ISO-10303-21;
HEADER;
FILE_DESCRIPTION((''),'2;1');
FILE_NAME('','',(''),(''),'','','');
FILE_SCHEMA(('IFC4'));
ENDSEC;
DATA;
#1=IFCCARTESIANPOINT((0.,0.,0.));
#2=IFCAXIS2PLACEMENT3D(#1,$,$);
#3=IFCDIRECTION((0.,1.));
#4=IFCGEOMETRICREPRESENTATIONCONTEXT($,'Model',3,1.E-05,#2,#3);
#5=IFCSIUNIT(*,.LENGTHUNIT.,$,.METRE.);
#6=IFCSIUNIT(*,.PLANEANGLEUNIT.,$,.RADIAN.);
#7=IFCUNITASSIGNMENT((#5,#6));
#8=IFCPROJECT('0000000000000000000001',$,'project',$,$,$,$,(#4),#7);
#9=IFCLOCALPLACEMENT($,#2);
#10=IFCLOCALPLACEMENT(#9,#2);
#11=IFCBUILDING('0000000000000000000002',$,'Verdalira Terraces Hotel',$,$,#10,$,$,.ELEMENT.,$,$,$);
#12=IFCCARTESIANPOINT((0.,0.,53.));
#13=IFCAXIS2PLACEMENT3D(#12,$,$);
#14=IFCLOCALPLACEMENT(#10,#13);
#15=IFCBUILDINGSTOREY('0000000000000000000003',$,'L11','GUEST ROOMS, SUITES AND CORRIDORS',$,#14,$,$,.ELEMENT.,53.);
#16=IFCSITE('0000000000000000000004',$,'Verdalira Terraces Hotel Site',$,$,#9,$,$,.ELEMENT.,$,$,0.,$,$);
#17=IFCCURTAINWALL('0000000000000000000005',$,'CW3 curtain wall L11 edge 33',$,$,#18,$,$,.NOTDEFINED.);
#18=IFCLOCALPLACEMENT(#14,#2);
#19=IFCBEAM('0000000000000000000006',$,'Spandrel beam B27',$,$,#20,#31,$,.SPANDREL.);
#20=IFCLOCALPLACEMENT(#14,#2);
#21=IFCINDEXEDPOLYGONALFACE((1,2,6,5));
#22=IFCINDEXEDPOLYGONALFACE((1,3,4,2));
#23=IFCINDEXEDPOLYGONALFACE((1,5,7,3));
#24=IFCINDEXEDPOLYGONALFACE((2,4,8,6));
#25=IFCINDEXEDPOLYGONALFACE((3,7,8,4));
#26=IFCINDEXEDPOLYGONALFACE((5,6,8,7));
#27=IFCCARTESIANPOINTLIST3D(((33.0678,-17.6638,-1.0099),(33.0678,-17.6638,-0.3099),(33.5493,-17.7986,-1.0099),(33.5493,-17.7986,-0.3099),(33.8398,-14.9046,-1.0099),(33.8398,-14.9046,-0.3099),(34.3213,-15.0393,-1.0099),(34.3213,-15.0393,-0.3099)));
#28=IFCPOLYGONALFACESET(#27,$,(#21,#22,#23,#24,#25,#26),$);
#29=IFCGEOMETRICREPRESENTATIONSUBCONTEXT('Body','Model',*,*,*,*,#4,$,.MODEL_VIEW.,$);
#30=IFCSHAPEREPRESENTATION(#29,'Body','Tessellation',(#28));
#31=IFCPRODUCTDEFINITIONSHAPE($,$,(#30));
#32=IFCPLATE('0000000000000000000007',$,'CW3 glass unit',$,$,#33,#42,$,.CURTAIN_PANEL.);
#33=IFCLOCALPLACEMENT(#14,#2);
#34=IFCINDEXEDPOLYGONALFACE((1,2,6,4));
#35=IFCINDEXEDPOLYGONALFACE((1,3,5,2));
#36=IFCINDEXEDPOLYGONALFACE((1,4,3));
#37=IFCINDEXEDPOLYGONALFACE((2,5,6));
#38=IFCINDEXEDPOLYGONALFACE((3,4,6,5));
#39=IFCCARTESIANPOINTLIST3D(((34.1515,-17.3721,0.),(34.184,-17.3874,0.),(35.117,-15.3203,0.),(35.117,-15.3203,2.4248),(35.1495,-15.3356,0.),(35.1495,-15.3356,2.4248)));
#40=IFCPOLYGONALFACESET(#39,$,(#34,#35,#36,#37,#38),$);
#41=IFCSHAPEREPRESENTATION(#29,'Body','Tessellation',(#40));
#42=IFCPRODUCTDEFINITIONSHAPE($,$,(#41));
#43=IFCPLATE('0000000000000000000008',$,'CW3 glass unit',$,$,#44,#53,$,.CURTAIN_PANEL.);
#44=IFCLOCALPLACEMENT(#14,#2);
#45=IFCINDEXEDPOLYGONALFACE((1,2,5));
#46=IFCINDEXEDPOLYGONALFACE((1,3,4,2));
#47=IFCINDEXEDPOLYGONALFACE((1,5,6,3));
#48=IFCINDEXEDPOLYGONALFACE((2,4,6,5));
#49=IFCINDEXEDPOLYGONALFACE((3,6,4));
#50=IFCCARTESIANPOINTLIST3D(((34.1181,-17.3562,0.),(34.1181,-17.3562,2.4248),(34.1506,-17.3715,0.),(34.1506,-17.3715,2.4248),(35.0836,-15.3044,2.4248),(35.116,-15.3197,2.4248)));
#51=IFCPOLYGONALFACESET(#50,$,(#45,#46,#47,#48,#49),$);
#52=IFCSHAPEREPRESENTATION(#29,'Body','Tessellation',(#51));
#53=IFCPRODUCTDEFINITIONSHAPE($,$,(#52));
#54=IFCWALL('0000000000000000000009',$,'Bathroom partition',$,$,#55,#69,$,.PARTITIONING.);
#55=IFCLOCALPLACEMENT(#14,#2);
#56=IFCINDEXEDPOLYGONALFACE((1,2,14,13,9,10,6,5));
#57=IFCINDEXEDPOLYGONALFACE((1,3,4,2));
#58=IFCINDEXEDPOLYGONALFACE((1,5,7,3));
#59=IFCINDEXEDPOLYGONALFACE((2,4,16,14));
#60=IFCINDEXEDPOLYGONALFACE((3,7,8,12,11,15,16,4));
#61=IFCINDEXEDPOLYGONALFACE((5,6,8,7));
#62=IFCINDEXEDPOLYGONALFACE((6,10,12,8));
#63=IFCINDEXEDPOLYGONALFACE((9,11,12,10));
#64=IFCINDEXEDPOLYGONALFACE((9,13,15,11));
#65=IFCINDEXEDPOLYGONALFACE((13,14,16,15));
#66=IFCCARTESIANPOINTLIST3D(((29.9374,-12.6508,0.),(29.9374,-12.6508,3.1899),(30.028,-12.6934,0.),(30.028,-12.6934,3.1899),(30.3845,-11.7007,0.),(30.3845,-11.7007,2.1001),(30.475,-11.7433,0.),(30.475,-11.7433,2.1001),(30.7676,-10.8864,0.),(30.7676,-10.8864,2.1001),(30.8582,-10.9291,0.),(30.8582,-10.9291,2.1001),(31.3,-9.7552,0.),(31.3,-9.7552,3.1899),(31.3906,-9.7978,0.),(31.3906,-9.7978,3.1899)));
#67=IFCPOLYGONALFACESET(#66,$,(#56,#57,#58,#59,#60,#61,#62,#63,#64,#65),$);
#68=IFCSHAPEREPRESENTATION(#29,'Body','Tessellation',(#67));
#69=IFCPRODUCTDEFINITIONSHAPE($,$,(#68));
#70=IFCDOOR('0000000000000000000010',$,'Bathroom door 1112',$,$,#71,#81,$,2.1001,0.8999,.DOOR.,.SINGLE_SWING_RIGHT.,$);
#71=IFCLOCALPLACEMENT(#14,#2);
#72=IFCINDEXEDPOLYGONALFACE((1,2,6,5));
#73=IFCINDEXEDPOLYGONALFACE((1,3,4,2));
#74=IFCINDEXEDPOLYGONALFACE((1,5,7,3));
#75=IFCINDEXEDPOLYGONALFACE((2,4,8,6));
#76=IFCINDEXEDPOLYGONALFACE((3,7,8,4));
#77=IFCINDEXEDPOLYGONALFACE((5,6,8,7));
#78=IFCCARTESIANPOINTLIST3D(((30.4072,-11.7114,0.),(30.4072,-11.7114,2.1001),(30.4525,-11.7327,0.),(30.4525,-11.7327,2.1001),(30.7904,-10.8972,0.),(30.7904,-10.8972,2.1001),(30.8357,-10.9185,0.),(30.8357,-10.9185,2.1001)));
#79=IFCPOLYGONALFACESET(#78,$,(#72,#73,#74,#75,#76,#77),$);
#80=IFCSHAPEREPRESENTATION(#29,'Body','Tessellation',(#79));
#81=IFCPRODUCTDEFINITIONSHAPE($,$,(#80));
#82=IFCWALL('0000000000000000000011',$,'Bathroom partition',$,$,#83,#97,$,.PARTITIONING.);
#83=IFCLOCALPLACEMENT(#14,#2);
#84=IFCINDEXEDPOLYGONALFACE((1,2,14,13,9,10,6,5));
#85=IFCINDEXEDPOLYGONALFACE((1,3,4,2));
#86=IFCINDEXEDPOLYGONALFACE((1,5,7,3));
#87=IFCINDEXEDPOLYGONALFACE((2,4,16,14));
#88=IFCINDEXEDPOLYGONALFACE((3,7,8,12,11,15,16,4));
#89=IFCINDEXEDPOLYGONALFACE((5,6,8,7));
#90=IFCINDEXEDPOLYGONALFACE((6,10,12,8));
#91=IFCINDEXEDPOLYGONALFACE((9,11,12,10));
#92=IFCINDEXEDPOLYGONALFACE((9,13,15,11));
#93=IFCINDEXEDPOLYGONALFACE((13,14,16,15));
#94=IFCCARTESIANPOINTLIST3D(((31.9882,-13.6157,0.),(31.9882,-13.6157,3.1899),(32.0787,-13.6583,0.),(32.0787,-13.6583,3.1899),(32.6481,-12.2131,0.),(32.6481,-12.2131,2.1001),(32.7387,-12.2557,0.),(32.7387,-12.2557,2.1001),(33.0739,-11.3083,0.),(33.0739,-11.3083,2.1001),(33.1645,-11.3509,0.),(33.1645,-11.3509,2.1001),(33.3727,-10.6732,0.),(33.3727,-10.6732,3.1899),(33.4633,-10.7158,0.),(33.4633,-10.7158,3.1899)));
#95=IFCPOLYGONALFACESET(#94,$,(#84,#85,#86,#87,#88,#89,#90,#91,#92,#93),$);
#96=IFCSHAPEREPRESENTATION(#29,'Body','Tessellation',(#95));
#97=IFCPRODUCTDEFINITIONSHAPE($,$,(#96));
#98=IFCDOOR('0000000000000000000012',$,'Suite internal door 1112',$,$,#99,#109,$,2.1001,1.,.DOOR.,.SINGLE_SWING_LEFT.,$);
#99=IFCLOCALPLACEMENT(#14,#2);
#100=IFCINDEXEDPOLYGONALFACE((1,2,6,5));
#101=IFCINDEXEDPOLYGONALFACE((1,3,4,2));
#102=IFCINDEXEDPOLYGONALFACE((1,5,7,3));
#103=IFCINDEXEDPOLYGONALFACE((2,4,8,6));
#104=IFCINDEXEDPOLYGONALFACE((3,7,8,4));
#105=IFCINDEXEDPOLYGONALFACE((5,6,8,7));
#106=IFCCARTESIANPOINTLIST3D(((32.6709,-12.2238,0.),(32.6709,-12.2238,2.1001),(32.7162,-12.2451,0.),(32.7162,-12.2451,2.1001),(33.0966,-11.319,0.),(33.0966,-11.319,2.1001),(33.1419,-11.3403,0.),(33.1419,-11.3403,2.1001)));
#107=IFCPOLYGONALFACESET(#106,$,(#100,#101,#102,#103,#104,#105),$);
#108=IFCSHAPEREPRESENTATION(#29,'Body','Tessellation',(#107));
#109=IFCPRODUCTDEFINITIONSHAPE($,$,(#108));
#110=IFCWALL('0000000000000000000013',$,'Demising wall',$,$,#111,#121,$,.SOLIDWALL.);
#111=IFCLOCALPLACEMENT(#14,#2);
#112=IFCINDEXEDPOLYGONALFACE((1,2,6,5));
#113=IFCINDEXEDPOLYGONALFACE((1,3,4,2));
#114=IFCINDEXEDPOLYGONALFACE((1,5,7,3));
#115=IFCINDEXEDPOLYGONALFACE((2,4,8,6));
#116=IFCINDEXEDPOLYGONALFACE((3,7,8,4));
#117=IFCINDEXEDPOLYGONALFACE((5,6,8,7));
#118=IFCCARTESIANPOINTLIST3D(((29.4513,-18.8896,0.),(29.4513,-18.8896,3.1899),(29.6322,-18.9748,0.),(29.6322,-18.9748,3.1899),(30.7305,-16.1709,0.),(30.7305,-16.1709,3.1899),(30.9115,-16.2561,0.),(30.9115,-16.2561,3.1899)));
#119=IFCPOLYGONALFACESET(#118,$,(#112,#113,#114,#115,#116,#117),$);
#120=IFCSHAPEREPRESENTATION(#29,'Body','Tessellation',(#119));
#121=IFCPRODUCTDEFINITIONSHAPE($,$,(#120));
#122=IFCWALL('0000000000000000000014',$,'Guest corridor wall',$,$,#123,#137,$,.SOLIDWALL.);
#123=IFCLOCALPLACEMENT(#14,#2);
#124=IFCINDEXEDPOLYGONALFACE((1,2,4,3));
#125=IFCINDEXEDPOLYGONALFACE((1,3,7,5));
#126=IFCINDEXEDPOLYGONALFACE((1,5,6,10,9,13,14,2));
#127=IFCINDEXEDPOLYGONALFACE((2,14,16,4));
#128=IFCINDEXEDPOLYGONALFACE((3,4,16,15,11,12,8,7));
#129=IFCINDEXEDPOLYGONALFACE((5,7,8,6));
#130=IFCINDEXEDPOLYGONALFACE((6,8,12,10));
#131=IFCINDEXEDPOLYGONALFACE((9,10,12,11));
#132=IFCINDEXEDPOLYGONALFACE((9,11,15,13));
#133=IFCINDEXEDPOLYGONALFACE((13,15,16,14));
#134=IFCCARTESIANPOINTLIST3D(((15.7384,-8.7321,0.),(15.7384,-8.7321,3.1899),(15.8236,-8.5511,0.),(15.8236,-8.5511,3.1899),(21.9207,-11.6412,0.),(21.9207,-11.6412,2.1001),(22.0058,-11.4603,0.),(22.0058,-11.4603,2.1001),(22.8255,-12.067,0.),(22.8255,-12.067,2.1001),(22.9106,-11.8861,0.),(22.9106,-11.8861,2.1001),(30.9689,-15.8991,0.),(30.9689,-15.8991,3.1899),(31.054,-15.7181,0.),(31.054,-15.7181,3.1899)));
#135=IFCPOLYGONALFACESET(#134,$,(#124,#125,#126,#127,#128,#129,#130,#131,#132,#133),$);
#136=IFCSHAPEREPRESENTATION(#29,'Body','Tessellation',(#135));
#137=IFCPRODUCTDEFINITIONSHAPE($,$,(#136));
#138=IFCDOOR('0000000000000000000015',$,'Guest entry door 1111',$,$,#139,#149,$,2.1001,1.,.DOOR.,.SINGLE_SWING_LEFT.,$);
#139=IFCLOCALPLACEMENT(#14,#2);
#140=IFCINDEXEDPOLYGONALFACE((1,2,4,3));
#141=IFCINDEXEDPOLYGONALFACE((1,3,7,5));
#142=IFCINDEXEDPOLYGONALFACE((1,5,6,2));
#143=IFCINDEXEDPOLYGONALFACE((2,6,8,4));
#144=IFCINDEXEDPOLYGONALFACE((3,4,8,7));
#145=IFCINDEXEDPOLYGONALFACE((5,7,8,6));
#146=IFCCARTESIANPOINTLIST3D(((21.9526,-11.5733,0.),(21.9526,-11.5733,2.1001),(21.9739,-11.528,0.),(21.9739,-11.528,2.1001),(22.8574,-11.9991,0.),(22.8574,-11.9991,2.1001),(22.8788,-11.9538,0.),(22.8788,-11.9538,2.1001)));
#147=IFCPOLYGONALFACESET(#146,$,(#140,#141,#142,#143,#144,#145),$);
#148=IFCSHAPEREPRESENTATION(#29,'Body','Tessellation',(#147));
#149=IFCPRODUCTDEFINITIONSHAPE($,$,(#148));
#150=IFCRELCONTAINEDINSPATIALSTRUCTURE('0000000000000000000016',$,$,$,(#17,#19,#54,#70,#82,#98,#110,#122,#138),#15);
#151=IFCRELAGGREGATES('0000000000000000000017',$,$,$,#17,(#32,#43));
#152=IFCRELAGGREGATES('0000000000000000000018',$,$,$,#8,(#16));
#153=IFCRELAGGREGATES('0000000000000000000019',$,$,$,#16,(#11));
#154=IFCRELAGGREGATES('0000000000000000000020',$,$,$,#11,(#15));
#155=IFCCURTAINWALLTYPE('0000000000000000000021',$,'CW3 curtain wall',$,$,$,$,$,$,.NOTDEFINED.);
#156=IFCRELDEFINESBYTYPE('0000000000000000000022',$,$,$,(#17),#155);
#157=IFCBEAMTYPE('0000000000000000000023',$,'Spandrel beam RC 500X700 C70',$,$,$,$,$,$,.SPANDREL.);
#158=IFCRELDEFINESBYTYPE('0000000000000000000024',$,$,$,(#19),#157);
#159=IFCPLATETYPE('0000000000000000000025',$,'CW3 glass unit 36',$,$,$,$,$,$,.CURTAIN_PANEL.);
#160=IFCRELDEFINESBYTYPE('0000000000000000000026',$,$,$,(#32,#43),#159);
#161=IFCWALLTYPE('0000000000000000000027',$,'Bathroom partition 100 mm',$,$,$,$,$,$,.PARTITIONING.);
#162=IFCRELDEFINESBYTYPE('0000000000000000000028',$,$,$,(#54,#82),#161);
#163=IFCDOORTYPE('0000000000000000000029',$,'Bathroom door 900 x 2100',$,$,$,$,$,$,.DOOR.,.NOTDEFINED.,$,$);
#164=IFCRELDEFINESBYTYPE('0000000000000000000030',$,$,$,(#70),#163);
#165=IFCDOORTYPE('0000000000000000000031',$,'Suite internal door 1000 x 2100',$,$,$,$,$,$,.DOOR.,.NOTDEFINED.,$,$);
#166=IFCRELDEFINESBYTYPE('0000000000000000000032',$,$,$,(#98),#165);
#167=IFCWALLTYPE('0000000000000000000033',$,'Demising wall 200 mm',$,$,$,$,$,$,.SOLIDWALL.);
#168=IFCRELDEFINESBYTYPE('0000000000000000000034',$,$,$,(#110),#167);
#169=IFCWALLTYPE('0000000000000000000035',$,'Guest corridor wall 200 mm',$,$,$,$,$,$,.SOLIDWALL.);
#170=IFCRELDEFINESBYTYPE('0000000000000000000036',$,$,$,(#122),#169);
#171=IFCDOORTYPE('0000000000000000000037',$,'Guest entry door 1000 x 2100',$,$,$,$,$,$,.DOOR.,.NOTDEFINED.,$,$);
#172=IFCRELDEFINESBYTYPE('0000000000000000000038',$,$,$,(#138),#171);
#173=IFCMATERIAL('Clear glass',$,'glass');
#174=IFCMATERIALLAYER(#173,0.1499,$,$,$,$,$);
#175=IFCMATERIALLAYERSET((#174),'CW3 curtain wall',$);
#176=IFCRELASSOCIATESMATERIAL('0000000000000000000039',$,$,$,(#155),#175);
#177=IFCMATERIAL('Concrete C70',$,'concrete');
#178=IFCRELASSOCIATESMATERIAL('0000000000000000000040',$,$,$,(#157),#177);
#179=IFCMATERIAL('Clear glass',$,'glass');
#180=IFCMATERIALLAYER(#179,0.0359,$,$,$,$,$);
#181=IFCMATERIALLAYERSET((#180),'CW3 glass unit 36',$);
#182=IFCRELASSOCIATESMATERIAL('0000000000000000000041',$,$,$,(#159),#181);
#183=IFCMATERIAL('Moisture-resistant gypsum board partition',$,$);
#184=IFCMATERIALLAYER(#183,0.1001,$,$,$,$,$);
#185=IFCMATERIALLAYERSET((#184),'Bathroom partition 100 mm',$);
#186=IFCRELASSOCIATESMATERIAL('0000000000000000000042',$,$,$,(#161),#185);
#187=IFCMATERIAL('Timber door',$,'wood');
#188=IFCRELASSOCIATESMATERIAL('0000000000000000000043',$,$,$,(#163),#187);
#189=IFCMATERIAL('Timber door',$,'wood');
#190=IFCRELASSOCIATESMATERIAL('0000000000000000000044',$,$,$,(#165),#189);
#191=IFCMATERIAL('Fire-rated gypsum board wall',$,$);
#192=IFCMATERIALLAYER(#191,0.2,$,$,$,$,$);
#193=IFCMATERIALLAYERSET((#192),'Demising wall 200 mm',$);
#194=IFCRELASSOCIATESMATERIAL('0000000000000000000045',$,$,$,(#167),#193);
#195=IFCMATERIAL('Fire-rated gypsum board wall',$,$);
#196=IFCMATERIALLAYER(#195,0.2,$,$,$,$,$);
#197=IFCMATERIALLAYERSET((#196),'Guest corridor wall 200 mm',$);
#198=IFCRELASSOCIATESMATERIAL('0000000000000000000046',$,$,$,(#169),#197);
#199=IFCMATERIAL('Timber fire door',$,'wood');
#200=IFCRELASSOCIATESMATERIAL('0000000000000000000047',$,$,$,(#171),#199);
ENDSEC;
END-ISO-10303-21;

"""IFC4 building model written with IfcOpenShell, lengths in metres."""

from ifc_helpers import new_model, si_unit, direction, frame, frame_2d, origin, origin_2d, place, context, subcontext, project, spatial, polyline, rectangle, outline, extrude, material, layer, layer_set, material_profile, profile_set, type_object, element, fill, aggregate, save


model = new_model("IFC4")

# Units and contexts
model_context = context("Model", 3, precision=1e-05, world=origin(), true_north=direction((0.0, 1.0)))
body_context = subcontext(model_context, "Body", "Model", "MODEL_VIEW")
ifc_project = project(units=[si_unit("LENGTHUNIT", "METRE"), si_unit("PLANEANGLEUNIT", "RADIAN")], contexts=[model_context])

# Site, building, storey
site_placement = place(None, origin())
site = spatial("IfcSite", under=ifc_project, at=site_placement, Name="Verdalira Terraces Hotel Site", CompositionType="ELEMENT", RefElevation=0.0)
building_placement = place(site_placement, origin())
building = spatial("IfcBuilding", under=site, at=building_placement, Name="Verdalira Terraces Hotel", CompositionType="ELEMENT")
storey_placement = place(building_placement, frame((0.0, 0.0, 53.0)))
storey = spatial("IfcBuildingStorey", under=building, at=storey_placement, Name="L11", Description="GUEST ROOMS, SUITES AND CORRIDORS", CompositionType="ELEMENT", Elevation=53.0)

# Curtain wall
ifc_material_1 = material(Name="Clear glass", Category="glass")
ifc_layer_1 = layer(ifc_material_1, 0.1499)
ifc_layer_set_1 = layer_set([ifc_layer_1], Name="CW3 curtain wall")
curtain_wall_type_1 = type_object("IfcCurtainWallType", Name="CW3 curtain wall", PredefinedType="NOTDEFINED", material=ifc_layer_set_1)
curtain_wall_1_placement = place(storey_placement, origin())
curtain_wall_1 = element("IfcCurtainWall", 1, at=curtain_wall_1_placement, inside=storey, type_object=curtain_wall_type_1, Name="CW3 curtain wall L11 edge 33", PredefinedType="NOTDEFINED")

# Beam
ifc_material_2 = material(Name="Concrete C70", Category="concrete")
ifc_material_profile_1 = material_profile(ifc_material_2, rectangle(XDim=0.5, YDim=0.7, at=origin_2d()), Name="RC 500X700")
ifc_profile_set_1 = profile_set([ifc_material_profile_1], Name="Concrete C70")
beam_type = type_object("IfcBeamType", Name="Spandrel beam RC 500X700 C70", PredefinedType="SPANDREL", material=ifc_profile_set_1)
beam_1_placement = place(storey_placement, frame((33.3086, -17.7312, -0.6599), z_axis=(0.269428, 0.963021, 0.0), x_axis=(-0.963021, 0.269428, 0.0)))
element("IfcBeam", 2, at=beam_1_placement, inside=storey, type_object=beam_type, Name="Spandrel beam B27", PredefinedType="SPANDREL", context=body_context, shape_type="SweptSolid", body=[
    extrude(rectangle(XDim=0.5, YDim=0.7, at=origin_2d()), origin(), (0.0, 0.0, 1.0), 2.8652),
])

# Plates
ifc_material_3 = material(Name="Clear glass", Category="glass")
ifc_layer_2 = layer(ifc_material_3, 0.0359)
ifc_layer_set_2 = layer_set([ifc_layer_2], Name="CW3 glass unit 36")
plate_type = type_object("IfcPlateType", Name="CW3 glass unit 36", PredefinedType="CURTAIN_PANEL", material=ifc_layer_set_2)
plate_1_placement = place(storey_placement, frame((34.6343, -16.3462, 1.2124), z_axis=(0.904827, -0.425779, 0.0), x_axis=(0.425779, 0.904827, 0.0)))
plate_1 = element("IfcPlate", 3, at=plate_1_placement, type_object=plate_type, Name="CW3 glass unit", PredefinedType="CURTAIN_PANEL", context=body_context, shape_type="SweptSolid", body=[
    extrude(outline(polyline([(-1.1338, -1.2124), (1.1338, -1.2124), (1.1338, 1.2124), (-1.1338, -1.2124)])), origin(), (0.0, 0.0, 1.0), 0.0359),
])
plate_2_placement = place(storey_placement, frame((34.6008, -16.3303, 1.2124), z_axis=(0.904827, -0.425779, 0.0), x_axis=(0.425779, 0.904827, 0.0)))
plate_2 = element("IfcPlate", 4, at=plate_2_placement, type_object=plate_type, Name="CW3 glass unit", PredefinedType="CURTAIN_PANEL", context=body_context, shape_type="SweptSolid", body=[
    extrude(outline(polyline([(-1.1338, -1.2124), (1.1338, 1.2124), (-1.1338, 1.2124), (-1.1338, -1.2124)])), origin(), (0.0, 0.0, 1.0), 0.0359),
])
aggregate(curtain_wall_1, [plate_1, plate_2])

# Walls, openings, doors
ifc_material_4 = material(Name="Moisture-resistant gypsum board partition")
ifc_layer_3 = layer(ifc_material_4, 0.1001)
ifc_layer_set_3 = layer_set([ifc_layer_3], Name="Bathroom partition 100 mm")
wall_type_1 = type_object("IfcWallType", Name="Bathroom partition 100 mm", PredefinedType="PARTITIONING", material=ifc_layer_set_3)
wall_1_placement = place(storey_placement, frame((29.9827, -12.6721, 0.0), z_axis=(0.0, 0.0, 1.0), x_axis=(0.425786, 0.904824, 0.0)))
wall_1 = element("IfcWall", 5, at=wall_1_placement, inside=storey, type_object=wall_type_1, Name="Bathroom partition", PredefinedType="PARTITIONING", context=body_context, shape_type="SweptSolid", body=[
    extrude(rectangle(XDim=3.2002, YDim=0.1001, at=frame_2d((1.6001, 0.0))), origin(), (0.0, 0.0, 1.0), 3.1899),
])
opening_1_placement = place(wall_1_placement, frame((1.05, 0.0, 0.0)))
opening_1 = element("IfcOpeningElement", 6, at=opening_1_placement, cuts=wall_1, PredefinedType="OPENING", context=body_context, shape_type="SweptSolid", body=[
    extrude(rectangle(XDim=0.8999, YDim=2.1001, at=frame_2d((0.45, 1.05))), frame((0.0, 0.0601, 0.0), z_axis=(0.0, -1.0, 0.0), x_axis=(1.0, 0.0, 0.0)), (0.0, 0.0, 1.0), 0.1201),
])
ifc_material_5 = material(Name="Timber door", Category="wood")
door_type_1 = type_object("IfcDoorType", Name="Bathroom door 900 x 2100", OperationType="NOTDEFINED", PredefinedType="DOOR", material=ifc_material_5)
door_1_placement = place(opening_1_placement, origin())
door_1 = element("IfcDoor", 7, at=door_1_placement, inside=storey, type_object=door_type_1, Name="Bathroom door 1112", OperationType="SINGLE_SWING_RIGHT", OverallHeight=2.1001, OverallWidth=0.8999, PredefinedType="DOOR", context=body_context, shape_type="SweptSolid", body=[
    extrude(rectangle(XDim=0.8999, YDim=2.1001, at=frame_2d((0.45, 1.05))), frame((0.0, 0.0249, 0.0), z_axis=(0.0, -1.0, 0.0), x_axis=(1.0, 0.0, 0.0)), (0.0, 0.0, 1.0), 0.05),
])
fill(opening_1, door_1)
wall_2_placement = place(storey_placement, frame((32.0334, -13.637, 0.0), z_axis=(0.0, 0.0, 1.0), x_axis=(0.425764, 0.904834, 0.0)))
wall_2 = element("IfcWall", 8, at=wall_2_placement, inside=storey, type_object=wall_type_1, Name="Bathroom partition", PredefinedType="PARTITIONING", context=body_context, shape_type="SweptSolid", body=[
    extrude(rectangle(XDim=3.252, YDim=0.1001, at=frame_2d((1.626, 0.0))), origin(), (0.0, 0.0, 1.0), 3.1899),
])
opening_2_placement = place(wall_2_placement, frame((1.55, 0.0, 0.0)))
opening_2 = element("IfcOpeningElement", 9, at=opening_2_placement, cuts=wall_2, PredefinedType="OPENING", context=body_context, shape_type="SweptSolid", body=[
    extrude(rectangle(XDim=1.0, YDim=2.1001, at=frame_2d((0.5, 1.05))), frame((0.0, 0.0601, 0.0), z_axis=(0.0, -1.0, 0.0), x_axis=(1.0, 0.0, 0.0)), (0.0, 0.0, 1.0), 0.1201),
])
ifc_material_6 = material(Name="Timber door", Category="wood")
door_type_2 = type_object("IfcDoorType", Name="Suite internal door 1000 x 2100", OperationType="NOTDEFINED", PredefinedType="DOOR", material=ifc_material_6)
door_2_placement = place(opening_2_placement, origin())
door_2 = element("IfcDoor", 10, at=door_2_placement, inside=storey, type_object=door_type_2, Name="Suite internal door 1112", OperationType="SINGLE_SWING_LEFT", OverallHeight=2.1001, OverallWidth=1.0, PredefinedType="DOOR", context=body_context, shape_type="SweptSolid", body=[
    extrude(rectangle(XDim=1.0, YDim=2.1001, at=frame_2d((0.5, 1.05))), frame((0.0, 0.0249, 0.0), z_axis=(0.0, -1.0, 0.0), x_axis=(1.0, 0.0, 0.0)), (0.0, 0.0, 1.0), 0.05),
])
fill(opening_2, door_2)

# Wall
ifc_material_7 = material(Name="Fire-rated gypsum board wall")
ifc_layer_4 = layer(ifc_material_7, 0.2)
ifc_layer_set_4 = layer_set([ifc_layer_4], Name="Demising wall 200 mm")
wall_type_2 = type_object("IfcWallType", Name="Demising wall 200 mm", PredefinedType="SOLIDWALL", material=ifc_layer_set_4)
wall_3_placement = place(storey_placement, frame((30.821, -16.2134, 0.0), z_axis=(0.0, 0.0, 1.0), x_axis=(-0.425766, -0.904833, 0.0)))
element("IfcWall", 11, at=wall_3_placement, inside=storey, type_object=wall_type_2, Name="Demising wall", PredefinedType="SOLIDWALL", context=body_context, shape_type="SweptSolid", body=[
    extrude(rectangle(XDim=3.0046, YDim=0.2, at=frame_2d((1.5024, 0.0))), origin(), (0.0, 0.0, 1.0), 3.1899),
])

# Wall, opening, door
ifc_material_8 = material(Name="Fire-rated gypsum board wall")
ifc_layer_5 = layer(ifc_material_8, 0.2)
ifc_layer_set_5 = layer_set([ifc_layer_5], Name="Guest corridor wall 200 mm")
wall_type_3 = type_object("IfcWallType", Name="Guest corridor wall 200 mm", PredefinedType="SOLIDWALL", material=ifc_layer_set_5)
wall_4_placement = place(storey_placement, frame((31.0115, -15.8086, 0.0), z_axis=(0.0, 0.0, 1.0), x_axis=(-0.904825, 0.425783, 0.0)))
wall_4 = element("IfcWall", 12, at=wall_4_placement, inside=storey, type_object=wall_type_3, Name="Guest corridor wall", PredefinedType="SOLIDWALL", context=body_context, shape_type="SweptSolid", body=[
    extrude(rectangle(XDim=16.8325, YDim=0.2, at=frame_2d((8.4163, 0.0))), origin(), (0.0, 0.0, 1.0), 3.1899),
])
opening_3_placement = place(wall_4_placement, frame((9.0, 0.0, 0.0)))
opening_3 = element("IfcOpeningElement", 13, at=opening_3_placement, cuts=wall_4, PredefinedType="OPENING", context=body_context, shape_type="SweptSolid", body=[
    extrude(rectangle(XDim=1.0, YDim=2.1001, at=frame_2d((0.5, 1.05))), frame((0.0, 0.1099, 0.0), z_axis=(0.0, -1.0, 0.0), x_axis=(1.0, 0.0, 0.0)), (0.0, 0.0, 1.0), 0.22),
])
ifc_material_9 = material(Name="Timber fire door", Category="wood")
door_type_3 = type_object("IfcDoorType", Name="Guest entry door 1000 x 2100", OperationType="NOTDEFINED", PredefinedType="DOOR", material=ifc_material_9)
door_3_placement = place(opening_3_placement, origin())
door_3 = element("IfcDoor", 14, at=door_3_placement, inside=storey, type_object=door_type_3, Name="Guest entry door 1111", OperationType="SINGLE_SWING_LEFT", OverallHeight=2.1001, OverallWidth=1.0, PredefinedType="DOOR", context=body_context, shape_type="SweptSolid", body=[
    extrude(rectangle(XDim=1.0, YDim=2.1001, at=frame_2d((0.5, 1.05))), frame((0.0, 0.0249, 0.0), z_axis=(0.0, -1.0, 0.0), x_axis=(1.0, 0.0, 0.0)), (0.0, 0.0, 1.0), 0.05),
])
fill(opening_3, door_3)

save(model, "model.ifc")
